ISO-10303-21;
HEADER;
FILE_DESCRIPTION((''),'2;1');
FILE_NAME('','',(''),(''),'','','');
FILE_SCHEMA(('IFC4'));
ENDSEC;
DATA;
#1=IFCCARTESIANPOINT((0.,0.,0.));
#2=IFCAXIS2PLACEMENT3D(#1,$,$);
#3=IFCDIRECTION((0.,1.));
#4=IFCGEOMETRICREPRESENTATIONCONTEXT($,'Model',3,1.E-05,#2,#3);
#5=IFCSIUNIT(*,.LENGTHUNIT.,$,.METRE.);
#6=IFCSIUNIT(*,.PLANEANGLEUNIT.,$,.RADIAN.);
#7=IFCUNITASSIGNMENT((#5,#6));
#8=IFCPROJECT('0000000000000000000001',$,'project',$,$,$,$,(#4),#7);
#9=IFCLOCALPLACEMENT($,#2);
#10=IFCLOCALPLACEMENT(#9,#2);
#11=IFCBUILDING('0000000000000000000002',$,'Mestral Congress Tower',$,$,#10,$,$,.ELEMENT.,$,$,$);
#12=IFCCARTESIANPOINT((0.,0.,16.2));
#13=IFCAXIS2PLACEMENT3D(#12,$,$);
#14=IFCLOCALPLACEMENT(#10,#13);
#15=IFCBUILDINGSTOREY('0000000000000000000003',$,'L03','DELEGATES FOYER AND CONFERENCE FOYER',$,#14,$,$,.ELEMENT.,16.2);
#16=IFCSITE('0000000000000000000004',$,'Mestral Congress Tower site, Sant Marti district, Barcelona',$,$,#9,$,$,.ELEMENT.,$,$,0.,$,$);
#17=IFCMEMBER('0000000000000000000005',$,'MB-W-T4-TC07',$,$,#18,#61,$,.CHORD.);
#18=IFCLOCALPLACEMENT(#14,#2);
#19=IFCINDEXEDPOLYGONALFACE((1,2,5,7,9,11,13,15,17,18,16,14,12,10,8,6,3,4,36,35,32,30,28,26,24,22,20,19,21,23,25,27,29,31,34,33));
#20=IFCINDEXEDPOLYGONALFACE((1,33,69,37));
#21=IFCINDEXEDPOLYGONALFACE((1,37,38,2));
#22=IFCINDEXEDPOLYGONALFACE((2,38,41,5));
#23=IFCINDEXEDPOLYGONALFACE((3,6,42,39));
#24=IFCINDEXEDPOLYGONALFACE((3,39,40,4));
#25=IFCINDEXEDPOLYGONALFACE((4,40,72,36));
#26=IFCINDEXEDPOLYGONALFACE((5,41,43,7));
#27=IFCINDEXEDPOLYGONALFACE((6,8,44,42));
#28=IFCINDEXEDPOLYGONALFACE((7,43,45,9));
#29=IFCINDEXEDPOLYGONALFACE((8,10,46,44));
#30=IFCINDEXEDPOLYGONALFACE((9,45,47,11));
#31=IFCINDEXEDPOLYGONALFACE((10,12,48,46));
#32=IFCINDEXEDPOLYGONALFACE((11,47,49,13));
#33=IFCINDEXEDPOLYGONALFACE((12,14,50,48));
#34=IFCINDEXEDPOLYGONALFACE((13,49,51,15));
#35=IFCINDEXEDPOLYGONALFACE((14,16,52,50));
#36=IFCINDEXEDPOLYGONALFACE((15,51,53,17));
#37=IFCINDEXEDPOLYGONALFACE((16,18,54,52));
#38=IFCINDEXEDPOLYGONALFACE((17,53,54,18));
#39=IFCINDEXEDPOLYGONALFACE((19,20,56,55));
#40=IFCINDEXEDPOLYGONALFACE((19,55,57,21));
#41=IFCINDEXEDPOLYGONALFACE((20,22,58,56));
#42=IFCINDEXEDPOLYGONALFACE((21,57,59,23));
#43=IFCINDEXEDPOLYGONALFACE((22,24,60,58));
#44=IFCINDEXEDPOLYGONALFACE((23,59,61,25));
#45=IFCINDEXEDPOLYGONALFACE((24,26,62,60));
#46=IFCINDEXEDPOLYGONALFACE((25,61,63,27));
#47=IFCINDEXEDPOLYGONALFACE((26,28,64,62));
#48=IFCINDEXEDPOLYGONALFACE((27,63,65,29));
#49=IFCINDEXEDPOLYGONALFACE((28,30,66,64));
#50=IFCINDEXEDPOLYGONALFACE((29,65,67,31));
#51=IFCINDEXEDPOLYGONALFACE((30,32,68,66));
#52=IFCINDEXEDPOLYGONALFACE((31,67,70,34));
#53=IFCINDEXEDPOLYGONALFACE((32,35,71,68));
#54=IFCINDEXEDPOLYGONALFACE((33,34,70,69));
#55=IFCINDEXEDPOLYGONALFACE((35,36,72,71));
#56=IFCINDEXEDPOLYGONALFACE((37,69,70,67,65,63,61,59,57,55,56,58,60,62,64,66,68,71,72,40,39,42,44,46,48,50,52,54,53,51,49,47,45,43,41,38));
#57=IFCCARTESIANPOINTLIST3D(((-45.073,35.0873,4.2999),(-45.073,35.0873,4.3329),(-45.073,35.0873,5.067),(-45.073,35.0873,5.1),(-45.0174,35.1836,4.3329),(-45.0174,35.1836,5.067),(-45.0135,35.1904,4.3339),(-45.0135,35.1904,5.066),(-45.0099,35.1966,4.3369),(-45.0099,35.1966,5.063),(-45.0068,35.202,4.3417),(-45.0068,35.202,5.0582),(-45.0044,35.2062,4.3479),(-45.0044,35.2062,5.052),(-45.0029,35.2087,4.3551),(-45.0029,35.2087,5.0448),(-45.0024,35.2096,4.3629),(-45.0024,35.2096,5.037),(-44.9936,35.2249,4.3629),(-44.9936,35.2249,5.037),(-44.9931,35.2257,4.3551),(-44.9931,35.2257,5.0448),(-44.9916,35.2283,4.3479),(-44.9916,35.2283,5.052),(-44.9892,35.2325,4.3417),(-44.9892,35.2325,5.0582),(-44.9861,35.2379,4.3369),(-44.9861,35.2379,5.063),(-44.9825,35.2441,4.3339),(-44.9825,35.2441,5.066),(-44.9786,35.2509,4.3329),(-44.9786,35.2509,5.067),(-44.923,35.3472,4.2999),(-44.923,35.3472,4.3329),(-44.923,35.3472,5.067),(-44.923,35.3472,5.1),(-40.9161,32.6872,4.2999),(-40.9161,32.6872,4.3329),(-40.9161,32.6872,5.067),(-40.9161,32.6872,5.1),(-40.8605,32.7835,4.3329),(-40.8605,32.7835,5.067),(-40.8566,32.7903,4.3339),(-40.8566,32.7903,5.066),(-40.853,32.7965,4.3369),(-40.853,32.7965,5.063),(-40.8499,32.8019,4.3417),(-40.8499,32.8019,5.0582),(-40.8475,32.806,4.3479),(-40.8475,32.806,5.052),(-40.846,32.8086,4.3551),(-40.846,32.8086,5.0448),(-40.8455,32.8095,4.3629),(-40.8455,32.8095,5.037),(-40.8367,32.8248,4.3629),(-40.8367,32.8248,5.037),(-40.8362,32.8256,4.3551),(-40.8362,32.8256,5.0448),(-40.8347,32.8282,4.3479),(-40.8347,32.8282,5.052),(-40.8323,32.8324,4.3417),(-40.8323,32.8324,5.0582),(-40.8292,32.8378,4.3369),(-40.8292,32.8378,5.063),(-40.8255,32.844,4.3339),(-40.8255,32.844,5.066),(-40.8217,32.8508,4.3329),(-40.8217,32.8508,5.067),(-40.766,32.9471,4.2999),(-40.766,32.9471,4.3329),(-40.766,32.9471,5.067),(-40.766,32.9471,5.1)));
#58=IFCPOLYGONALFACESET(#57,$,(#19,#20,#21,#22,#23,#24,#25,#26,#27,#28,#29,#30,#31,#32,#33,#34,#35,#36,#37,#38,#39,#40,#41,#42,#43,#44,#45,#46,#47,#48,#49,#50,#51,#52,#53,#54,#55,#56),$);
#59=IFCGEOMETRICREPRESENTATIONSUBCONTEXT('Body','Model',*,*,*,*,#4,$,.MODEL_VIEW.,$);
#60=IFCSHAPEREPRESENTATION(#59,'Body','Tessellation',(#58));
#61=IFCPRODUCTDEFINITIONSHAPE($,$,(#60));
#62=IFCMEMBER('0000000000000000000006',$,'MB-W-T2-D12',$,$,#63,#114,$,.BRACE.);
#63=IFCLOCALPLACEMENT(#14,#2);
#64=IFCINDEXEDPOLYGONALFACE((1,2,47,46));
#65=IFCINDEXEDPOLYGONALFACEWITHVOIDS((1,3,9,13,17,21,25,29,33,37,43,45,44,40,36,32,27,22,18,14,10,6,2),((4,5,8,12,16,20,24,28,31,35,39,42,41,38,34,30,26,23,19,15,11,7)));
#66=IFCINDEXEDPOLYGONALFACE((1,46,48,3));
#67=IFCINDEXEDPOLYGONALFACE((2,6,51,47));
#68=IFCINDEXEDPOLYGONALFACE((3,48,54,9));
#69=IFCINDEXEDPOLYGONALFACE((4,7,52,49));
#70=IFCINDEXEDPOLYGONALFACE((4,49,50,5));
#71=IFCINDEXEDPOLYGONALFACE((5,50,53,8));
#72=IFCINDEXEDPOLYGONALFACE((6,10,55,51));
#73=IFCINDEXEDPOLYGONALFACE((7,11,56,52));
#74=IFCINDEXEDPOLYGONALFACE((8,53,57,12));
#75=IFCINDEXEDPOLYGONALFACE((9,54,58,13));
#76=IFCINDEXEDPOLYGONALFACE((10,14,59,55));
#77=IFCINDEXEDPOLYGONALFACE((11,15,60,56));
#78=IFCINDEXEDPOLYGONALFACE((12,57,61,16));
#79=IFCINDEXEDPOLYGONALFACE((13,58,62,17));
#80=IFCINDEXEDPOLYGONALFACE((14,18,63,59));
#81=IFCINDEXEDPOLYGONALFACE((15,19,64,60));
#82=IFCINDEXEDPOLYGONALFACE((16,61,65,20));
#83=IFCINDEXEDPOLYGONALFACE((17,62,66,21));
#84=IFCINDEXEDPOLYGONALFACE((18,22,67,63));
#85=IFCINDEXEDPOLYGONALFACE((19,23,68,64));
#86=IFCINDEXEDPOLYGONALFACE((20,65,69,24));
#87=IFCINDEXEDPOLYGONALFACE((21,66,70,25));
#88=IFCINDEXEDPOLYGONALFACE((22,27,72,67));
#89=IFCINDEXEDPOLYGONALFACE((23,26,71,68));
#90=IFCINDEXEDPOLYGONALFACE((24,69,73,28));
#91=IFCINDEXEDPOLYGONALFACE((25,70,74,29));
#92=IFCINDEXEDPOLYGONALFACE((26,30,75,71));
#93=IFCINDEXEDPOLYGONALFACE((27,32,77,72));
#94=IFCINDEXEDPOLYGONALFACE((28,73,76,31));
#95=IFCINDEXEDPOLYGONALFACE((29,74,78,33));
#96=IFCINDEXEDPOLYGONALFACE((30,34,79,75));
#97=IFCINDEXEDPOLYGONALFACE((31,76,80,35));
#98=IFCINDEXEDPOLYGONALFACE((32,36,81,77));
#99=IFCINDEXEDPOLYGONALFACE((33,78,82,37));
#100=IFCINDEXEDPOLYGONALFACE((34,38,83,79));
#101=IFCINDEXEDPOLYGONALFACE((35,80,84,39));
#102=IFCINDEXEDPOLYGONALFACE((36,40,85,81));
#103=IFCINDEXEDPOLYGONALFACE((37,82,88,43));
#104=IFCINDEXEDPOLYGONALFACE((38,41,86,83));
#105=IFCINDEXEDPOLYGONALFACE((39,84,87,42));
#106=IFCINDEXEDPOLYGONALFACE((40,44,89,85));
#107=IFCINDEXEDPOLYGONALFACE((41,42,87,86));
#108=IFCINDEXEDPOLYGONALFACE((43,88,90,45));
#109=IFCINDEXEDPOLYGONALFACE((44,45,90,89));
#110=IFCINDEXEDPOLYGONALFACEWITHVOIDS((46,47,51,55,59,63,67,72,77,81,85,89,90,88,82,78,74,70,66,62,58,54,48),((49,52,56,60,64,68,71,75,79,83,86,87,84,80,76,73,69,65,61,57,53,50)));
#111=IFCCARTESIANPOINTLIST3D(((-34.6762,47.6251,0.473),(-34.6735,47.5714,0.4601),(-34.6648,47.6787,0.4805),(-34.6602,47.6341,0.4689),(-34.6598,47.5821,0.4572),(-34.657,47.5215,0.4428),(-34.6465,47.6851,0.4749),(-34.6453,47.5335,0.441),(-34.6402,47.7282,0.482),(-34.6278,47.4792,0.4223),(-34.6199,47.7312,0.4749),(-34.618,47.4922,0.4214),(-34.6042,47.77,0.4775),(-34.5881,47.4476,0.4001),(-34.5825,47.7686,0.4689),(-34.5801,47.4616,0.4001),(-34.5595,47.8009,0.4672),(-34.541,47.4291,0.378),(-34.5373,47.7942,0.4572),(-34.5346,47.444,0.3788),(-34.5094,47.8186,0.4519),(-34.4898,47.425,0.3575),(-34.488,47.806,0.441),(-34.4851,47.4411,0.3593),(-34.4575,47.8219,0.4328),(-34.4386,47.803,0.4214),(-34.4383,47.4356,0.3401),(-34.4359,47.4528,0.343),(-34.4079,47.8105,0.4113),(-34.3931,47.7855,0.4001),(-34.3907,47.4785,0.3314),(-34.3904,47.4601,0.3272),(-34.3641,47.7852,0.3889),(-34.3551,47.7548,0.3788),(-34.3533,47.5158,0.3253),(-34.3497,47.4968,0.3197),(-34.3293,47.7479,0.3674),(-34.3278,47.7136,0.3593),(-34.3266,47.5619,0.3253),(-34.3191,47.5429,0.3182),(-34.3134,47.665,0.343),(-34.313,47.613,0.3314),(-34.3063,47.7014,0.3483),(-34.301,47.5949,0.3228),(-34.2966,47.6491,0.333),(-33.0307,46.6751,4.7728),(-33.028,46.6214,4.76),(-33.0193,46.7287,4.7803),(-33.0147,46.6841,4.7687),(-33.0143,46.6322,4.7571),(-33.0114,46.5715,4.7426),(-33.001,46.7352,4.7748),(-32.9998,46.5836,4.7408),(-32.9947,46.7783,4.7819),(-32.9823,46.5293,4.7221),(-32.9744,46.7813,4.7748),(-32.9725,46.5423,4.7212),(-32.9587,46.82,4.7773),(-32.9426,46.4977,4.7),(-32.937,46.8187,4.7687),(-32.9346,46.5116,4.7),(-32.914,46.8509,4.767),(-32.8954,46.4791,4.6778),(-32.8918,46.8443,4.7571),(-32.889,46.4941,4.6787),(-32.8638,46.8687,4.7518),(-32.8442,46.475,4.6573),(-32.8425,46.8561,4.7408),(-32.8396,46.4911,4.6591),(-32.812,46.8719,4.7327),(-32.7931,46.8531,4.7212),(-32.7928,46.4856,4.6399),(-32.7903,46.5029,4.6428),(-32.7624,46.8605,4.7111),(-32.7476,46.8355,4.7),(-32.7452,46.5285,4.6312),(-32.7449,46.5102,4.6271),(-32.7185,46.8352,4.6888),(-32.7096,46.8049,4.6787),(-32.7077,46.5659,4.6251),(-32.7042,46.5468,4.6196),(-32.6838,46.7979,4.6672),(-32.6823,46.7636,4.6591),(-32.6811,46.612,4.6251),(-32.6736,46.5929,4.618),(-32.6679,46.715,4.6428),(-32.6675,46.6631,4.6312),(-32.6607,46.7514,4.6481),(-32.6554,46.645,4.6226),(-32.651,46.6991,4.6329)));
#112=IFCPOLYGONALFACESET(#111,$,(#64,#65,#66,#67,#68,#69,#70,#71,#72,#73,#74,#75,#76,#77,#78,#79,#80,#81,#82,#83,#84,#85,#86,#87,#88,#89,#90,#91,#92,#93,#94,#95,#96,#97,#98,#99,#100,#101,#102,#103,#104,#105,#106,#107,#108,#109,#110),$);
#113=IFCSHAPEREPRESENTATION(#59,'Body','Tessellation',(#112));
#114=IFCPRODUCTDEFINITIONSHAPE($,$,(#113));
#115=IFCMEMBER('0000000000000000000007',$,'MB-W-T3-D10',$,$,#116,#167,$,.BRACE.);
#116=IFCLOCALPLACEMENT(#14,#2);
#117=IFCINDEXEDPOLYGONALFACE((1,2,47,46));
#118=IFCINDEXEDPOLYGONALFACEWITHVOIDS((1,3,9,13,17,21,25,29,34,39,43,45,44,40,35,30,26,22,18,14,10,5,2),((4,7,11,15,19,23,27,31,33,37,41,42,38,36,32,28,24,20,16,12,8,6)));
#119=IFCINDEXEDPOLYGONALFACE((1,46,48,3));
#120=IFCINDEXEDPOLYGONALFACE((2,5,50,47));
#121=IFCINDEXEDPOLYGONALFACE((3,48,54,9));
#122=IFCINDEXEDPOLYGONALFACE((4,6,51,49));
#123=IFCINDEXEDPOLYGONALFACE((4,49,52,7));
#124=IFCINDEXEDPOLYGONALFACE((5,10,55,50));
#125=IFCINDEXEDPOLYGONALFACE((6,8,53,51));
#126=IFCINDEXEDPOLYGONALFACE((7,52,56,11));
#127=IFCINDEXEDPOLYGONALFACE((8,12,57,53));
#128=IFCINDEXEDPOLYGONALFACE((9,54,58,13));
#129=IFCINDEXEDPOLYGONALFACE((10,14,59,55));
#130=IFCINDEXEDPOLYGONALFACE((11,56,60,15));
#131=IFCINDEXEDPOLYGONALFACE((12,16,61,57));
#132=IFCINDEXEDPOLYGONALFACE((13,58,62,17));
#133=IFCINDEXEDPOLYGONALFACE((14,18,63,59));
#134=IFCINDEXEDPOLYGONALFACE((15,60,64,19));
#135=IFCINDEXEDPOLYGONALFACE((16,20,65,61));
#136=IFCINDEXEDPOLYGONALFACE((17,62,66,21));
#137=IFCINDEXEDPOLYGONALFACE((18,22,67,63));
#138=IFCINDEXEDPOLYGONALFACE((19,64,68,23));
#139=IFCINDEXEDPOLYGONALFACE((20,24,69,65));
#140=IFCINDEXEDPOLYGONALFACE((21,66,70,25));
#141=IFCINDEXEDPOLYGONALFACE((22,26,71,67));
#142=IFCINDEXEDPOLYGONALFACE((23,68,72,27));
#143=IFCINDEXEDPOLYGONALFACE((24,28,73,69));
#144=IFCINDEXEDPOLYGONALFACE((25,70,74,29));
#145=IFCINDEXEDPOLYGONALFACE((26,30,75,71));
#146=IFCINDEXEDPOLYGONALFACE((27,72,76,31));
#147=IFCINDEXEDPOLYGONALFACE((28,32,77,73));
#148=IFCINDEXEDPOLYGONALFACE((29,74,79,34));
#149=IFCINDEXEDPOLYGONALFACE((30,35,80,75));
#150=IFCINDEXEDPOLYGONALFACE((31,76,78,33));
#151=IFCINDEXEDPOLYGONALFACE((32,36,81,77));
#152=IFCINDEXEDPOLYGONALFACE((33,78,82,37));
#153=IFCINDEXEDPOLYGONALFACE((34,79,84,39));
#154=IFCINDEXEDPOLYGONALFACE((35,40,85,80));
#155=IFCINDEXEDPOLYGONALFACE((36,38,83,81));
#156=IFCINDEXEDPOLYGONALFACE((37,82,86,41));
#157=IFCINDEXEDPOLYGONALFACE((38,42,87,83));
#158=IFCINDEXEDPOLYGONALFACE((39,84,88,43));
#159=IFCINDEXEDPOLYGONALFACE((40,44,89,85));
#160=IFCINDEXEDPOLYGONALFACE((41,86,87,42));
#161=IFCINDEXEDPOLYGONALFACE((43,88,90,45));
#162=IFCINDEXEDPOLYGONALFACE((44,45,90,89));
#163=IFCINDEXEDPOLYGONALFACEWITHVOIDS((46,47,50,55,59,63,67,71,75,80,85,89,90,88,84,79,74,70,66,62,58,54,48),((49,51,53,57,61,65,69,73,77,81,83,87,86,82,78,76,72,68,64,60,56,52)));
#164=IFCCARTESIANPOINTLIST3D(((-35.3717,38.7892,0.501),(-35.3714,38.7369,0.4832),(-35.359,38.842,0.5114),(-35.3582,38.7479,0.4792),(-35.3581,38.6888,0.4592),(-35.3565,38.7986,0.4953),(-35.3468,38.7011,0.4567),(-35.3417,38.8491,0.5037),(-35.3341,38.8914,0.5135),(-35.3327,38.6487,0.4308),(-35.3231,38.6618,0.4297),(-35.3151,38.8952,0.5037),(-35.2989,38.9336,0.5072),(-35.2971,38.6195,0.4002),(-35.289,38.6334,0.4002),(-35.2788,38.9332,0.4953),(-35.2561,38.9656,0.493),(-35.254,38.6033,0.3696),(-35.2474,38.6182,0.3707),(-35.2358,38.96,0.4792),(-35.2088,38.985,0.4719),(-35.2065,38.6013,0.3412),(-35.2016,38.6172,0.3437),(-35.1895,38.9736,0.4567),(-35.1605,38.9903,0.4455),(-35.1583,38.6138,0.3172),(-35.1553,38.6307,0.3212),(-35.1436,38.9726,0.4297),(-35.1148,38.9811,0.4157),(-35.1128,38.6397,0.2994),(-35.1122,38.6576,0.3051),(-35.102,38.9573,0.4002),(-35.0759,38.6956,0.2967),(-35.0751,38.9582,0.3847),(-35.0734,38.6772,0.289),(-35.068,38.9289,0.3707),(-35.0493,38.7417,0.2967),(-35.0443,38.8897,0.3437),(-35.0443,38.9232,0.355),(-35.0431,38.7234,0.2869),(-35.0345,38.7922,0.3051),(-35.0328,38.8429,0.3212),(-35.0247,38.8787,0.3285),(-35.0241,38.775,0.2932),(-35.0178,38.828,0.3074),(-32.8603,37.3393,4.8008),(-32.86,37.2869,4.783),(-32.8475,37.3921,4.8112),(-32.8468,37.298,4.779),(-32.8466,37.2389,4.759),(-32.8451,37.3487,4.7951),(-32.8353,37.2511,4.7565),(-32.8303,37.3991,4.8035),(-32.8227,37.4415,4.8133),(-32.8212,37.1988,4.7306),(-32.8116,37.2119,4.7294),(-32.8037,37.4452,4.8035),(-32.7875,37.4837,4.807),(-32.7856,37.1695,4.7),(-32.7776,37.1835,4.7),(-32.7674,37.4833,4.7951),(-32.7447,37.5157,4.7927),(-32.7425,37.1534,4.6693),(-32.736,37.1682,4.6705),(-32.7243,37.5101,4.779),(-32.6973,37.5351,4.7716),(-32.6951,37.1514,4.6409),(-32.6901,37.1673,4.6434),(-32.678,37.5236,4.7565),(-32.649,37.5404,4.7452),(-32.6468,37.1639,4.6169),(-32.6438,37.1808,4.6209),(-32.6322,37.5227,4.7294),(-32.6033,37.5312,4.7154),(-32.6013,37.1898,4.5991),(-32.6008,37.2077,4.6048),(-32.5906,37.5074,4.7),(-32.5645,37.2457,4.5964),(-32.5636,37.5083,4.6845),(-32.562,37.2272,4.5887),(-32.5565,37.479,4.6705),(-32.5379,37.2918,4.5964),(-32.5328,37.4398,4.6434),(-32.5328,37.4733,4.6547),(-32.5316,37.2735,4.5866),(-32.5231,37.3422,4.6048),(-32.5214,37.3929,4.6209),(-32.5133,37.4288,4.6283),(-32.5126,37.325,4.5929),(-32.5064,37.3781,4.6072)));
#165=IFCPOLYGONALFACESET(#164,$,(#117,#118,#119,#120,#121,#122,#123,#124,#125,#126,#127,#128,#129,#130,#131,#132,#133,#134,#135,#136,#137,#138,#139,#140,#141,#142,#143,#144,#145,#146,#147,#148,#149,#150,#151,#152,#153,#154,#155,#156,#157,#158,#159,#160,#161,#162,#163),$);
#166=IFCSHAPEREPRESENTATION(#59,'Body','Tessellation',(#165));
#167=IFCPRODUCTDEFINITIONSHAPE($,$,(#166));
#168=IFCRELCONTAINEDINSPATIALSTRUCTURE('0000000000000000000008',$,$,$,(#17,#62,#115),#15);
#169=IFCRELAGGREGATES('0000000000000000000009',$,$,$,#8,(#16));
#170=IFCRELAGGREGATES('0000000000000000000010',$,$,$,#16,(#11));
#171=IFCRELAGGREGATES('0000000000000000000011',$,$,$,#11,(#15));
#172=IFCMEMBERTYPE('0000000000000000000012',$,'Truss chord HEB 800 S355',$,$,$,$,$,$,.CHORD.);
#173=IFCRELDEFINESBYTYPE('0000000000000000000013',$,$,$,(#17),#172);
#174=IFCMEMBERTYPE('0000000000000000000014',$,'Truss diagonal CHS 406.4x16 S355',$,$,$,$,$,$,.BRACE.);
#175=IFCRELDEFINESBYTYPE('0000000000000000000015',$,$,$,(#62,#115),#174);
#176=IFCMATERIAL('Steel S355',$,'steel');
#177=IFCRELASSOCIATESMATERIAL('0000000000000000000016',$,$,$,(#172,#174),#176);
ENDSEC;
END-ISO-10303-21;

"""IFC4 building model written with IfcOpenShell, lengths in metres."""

from ifc_helpers import new_model, si_unit, direction, frame, origin, origin_2d, place, context, subcontext, project, spatial, hollow_circle, i_section, extrude, material, material_profile, profile_set, type_object, element, save


model = new_model("IFC4")

# Units and contexts
model_context = context("Model", 3, precision=1e-05, world=origin(), true_north=direction((0.0, 1.0)))
body_context = subcontext(model_context, "Body", "Model", "MODEL_VIEW")
ifc_project = project(units=[si_unit("LENGTHUNIT", "METRE"), si_unit("PLANEANGLEUNIT", "RADIAN")], contexts=[model_context])

# Site, building, storey
site_placement = place(None, origin())
site = spatial("IfcSite", under=ifc_project, at=site_placement, Name="Mestral Congress Tower site, Sant Marti district, Barcelona", CompositionType="ELEMENT", RefElevation=0.0)
building_placement = place(site_placement, origin())
building = spatial("IfcBuilding", under=site, at=building_placement, Name="Mestral Congress Tower", CompositionType="ELEMENT")
storey_placement = place(building_placement, frame((0.0, 0.0, 16.2)))
storey = spatial("IfcBuildingStorey", under=building, at=storey_placement, Name="L03", Description="DELEGATES FOYER AND CONFERENCE FOYER", CompositionType="ELEMENT", Elevation=16.2)

# Members
ifc_material = material(Name="Steel S355", Category="steel")
ifc_material_profile_1 = material_profile(ifc_material, i_section(OverallWidth=0.3, OverallDepth=0.8, WebThickness=0.0176, FlangeThickness=0.033, FilletRadius=0.03, at=origin_2d()), Name="HEB 800")
ifc_profile_set_1 = profile_set([ifc_material_profile_1], Name="Steel S355")
member_type_1 = type_object("IfcMemberType", Name="Truss chord HEB 800 S355", PredefinedType="CHORD", material=ifc_profile_set_1)
for number, where, z_axis, x_axis, name in (
    (1, (-40.8411, 32.8171, 4.7), (-0.866015, 0.500017, 0.0), (-0.500017, -0.866015, 0.0), "MB-W-T4-TC07"),
):
    element("IfcMember", number, at=place(storey_placement, frame(where, z_axis=z_axis, x_axis=x_axis)), inside=storey, type_object=member_type_1, Name=name, PredefinedType="CHORD", context=body_context, shape_type="SweptSolid", body=[
        extrude(i_section(OverallWidth=0.3, OverallDepth=0.8, WebThickness=0.0176, FlangeThickness=0.033, FilletRadius=0.03, at=origin_2d()), origin(), (0.0, 0.0, 1.0), 4.8),
    ])
ifc_material_profile_2 = material_profile(ifc_material, hollow_circle(Radius=0.2031, WallThickness=0.0161, at=origin_2d()), Name="CHS 406.4x16")
ifc_profile_set_2 = profile_set([ifc_material_profile_2], Name="Steel S355")
member_type_2 = type_object("IfcMemberType", Name="Truss diagonal CHS 406.4x16 S355", PredefinedType="BRACE", material=ifc_profile_set_2)
member_1_placement = place(storey_placement, frame((-32.8411, 46.6736, 4.7), z_axis=(-0.350041, 0.202079, -0.914678), x_axis=(-0.499967, -0.866044, 0.0)))
element("IfcMember", 2, at=member_1_placement, inside=storey, type_object=member_type_2, Name="MB-W-T2-D12", PredefinedType="BRACE", context=body_context, shape_type="SweptSolid", body=[
    extrude(hollow_circle(Radius=0.2031, WallThickness=0.0161, at=origin_2d()), origin(), (0.0, 0.0, 1.0), 4.7009),
])
member_2_placement = place(storey_placement, frame((-32.6841, 37.3455, 4.7), z_axis=(-0.484247, 0.279571, -0.829062), x_axis=(-0.499987, -0.866033, 0.0)))
element("IfcMember", 3, at=member_2_placement, inside=storey, type_object=member_type_2, Name="MB-W-T3-D10", PredefinedType="BRACE", context=body_context, shape_type="SweptSolid", body=[
    extrude(hollow_circle(Radius=0.2031, WallThickness=0.0161, at=origin_2d()), origin(), (0.0, 0.0, 1.0), 5.1863),
])

save(model, "model.ifc")
